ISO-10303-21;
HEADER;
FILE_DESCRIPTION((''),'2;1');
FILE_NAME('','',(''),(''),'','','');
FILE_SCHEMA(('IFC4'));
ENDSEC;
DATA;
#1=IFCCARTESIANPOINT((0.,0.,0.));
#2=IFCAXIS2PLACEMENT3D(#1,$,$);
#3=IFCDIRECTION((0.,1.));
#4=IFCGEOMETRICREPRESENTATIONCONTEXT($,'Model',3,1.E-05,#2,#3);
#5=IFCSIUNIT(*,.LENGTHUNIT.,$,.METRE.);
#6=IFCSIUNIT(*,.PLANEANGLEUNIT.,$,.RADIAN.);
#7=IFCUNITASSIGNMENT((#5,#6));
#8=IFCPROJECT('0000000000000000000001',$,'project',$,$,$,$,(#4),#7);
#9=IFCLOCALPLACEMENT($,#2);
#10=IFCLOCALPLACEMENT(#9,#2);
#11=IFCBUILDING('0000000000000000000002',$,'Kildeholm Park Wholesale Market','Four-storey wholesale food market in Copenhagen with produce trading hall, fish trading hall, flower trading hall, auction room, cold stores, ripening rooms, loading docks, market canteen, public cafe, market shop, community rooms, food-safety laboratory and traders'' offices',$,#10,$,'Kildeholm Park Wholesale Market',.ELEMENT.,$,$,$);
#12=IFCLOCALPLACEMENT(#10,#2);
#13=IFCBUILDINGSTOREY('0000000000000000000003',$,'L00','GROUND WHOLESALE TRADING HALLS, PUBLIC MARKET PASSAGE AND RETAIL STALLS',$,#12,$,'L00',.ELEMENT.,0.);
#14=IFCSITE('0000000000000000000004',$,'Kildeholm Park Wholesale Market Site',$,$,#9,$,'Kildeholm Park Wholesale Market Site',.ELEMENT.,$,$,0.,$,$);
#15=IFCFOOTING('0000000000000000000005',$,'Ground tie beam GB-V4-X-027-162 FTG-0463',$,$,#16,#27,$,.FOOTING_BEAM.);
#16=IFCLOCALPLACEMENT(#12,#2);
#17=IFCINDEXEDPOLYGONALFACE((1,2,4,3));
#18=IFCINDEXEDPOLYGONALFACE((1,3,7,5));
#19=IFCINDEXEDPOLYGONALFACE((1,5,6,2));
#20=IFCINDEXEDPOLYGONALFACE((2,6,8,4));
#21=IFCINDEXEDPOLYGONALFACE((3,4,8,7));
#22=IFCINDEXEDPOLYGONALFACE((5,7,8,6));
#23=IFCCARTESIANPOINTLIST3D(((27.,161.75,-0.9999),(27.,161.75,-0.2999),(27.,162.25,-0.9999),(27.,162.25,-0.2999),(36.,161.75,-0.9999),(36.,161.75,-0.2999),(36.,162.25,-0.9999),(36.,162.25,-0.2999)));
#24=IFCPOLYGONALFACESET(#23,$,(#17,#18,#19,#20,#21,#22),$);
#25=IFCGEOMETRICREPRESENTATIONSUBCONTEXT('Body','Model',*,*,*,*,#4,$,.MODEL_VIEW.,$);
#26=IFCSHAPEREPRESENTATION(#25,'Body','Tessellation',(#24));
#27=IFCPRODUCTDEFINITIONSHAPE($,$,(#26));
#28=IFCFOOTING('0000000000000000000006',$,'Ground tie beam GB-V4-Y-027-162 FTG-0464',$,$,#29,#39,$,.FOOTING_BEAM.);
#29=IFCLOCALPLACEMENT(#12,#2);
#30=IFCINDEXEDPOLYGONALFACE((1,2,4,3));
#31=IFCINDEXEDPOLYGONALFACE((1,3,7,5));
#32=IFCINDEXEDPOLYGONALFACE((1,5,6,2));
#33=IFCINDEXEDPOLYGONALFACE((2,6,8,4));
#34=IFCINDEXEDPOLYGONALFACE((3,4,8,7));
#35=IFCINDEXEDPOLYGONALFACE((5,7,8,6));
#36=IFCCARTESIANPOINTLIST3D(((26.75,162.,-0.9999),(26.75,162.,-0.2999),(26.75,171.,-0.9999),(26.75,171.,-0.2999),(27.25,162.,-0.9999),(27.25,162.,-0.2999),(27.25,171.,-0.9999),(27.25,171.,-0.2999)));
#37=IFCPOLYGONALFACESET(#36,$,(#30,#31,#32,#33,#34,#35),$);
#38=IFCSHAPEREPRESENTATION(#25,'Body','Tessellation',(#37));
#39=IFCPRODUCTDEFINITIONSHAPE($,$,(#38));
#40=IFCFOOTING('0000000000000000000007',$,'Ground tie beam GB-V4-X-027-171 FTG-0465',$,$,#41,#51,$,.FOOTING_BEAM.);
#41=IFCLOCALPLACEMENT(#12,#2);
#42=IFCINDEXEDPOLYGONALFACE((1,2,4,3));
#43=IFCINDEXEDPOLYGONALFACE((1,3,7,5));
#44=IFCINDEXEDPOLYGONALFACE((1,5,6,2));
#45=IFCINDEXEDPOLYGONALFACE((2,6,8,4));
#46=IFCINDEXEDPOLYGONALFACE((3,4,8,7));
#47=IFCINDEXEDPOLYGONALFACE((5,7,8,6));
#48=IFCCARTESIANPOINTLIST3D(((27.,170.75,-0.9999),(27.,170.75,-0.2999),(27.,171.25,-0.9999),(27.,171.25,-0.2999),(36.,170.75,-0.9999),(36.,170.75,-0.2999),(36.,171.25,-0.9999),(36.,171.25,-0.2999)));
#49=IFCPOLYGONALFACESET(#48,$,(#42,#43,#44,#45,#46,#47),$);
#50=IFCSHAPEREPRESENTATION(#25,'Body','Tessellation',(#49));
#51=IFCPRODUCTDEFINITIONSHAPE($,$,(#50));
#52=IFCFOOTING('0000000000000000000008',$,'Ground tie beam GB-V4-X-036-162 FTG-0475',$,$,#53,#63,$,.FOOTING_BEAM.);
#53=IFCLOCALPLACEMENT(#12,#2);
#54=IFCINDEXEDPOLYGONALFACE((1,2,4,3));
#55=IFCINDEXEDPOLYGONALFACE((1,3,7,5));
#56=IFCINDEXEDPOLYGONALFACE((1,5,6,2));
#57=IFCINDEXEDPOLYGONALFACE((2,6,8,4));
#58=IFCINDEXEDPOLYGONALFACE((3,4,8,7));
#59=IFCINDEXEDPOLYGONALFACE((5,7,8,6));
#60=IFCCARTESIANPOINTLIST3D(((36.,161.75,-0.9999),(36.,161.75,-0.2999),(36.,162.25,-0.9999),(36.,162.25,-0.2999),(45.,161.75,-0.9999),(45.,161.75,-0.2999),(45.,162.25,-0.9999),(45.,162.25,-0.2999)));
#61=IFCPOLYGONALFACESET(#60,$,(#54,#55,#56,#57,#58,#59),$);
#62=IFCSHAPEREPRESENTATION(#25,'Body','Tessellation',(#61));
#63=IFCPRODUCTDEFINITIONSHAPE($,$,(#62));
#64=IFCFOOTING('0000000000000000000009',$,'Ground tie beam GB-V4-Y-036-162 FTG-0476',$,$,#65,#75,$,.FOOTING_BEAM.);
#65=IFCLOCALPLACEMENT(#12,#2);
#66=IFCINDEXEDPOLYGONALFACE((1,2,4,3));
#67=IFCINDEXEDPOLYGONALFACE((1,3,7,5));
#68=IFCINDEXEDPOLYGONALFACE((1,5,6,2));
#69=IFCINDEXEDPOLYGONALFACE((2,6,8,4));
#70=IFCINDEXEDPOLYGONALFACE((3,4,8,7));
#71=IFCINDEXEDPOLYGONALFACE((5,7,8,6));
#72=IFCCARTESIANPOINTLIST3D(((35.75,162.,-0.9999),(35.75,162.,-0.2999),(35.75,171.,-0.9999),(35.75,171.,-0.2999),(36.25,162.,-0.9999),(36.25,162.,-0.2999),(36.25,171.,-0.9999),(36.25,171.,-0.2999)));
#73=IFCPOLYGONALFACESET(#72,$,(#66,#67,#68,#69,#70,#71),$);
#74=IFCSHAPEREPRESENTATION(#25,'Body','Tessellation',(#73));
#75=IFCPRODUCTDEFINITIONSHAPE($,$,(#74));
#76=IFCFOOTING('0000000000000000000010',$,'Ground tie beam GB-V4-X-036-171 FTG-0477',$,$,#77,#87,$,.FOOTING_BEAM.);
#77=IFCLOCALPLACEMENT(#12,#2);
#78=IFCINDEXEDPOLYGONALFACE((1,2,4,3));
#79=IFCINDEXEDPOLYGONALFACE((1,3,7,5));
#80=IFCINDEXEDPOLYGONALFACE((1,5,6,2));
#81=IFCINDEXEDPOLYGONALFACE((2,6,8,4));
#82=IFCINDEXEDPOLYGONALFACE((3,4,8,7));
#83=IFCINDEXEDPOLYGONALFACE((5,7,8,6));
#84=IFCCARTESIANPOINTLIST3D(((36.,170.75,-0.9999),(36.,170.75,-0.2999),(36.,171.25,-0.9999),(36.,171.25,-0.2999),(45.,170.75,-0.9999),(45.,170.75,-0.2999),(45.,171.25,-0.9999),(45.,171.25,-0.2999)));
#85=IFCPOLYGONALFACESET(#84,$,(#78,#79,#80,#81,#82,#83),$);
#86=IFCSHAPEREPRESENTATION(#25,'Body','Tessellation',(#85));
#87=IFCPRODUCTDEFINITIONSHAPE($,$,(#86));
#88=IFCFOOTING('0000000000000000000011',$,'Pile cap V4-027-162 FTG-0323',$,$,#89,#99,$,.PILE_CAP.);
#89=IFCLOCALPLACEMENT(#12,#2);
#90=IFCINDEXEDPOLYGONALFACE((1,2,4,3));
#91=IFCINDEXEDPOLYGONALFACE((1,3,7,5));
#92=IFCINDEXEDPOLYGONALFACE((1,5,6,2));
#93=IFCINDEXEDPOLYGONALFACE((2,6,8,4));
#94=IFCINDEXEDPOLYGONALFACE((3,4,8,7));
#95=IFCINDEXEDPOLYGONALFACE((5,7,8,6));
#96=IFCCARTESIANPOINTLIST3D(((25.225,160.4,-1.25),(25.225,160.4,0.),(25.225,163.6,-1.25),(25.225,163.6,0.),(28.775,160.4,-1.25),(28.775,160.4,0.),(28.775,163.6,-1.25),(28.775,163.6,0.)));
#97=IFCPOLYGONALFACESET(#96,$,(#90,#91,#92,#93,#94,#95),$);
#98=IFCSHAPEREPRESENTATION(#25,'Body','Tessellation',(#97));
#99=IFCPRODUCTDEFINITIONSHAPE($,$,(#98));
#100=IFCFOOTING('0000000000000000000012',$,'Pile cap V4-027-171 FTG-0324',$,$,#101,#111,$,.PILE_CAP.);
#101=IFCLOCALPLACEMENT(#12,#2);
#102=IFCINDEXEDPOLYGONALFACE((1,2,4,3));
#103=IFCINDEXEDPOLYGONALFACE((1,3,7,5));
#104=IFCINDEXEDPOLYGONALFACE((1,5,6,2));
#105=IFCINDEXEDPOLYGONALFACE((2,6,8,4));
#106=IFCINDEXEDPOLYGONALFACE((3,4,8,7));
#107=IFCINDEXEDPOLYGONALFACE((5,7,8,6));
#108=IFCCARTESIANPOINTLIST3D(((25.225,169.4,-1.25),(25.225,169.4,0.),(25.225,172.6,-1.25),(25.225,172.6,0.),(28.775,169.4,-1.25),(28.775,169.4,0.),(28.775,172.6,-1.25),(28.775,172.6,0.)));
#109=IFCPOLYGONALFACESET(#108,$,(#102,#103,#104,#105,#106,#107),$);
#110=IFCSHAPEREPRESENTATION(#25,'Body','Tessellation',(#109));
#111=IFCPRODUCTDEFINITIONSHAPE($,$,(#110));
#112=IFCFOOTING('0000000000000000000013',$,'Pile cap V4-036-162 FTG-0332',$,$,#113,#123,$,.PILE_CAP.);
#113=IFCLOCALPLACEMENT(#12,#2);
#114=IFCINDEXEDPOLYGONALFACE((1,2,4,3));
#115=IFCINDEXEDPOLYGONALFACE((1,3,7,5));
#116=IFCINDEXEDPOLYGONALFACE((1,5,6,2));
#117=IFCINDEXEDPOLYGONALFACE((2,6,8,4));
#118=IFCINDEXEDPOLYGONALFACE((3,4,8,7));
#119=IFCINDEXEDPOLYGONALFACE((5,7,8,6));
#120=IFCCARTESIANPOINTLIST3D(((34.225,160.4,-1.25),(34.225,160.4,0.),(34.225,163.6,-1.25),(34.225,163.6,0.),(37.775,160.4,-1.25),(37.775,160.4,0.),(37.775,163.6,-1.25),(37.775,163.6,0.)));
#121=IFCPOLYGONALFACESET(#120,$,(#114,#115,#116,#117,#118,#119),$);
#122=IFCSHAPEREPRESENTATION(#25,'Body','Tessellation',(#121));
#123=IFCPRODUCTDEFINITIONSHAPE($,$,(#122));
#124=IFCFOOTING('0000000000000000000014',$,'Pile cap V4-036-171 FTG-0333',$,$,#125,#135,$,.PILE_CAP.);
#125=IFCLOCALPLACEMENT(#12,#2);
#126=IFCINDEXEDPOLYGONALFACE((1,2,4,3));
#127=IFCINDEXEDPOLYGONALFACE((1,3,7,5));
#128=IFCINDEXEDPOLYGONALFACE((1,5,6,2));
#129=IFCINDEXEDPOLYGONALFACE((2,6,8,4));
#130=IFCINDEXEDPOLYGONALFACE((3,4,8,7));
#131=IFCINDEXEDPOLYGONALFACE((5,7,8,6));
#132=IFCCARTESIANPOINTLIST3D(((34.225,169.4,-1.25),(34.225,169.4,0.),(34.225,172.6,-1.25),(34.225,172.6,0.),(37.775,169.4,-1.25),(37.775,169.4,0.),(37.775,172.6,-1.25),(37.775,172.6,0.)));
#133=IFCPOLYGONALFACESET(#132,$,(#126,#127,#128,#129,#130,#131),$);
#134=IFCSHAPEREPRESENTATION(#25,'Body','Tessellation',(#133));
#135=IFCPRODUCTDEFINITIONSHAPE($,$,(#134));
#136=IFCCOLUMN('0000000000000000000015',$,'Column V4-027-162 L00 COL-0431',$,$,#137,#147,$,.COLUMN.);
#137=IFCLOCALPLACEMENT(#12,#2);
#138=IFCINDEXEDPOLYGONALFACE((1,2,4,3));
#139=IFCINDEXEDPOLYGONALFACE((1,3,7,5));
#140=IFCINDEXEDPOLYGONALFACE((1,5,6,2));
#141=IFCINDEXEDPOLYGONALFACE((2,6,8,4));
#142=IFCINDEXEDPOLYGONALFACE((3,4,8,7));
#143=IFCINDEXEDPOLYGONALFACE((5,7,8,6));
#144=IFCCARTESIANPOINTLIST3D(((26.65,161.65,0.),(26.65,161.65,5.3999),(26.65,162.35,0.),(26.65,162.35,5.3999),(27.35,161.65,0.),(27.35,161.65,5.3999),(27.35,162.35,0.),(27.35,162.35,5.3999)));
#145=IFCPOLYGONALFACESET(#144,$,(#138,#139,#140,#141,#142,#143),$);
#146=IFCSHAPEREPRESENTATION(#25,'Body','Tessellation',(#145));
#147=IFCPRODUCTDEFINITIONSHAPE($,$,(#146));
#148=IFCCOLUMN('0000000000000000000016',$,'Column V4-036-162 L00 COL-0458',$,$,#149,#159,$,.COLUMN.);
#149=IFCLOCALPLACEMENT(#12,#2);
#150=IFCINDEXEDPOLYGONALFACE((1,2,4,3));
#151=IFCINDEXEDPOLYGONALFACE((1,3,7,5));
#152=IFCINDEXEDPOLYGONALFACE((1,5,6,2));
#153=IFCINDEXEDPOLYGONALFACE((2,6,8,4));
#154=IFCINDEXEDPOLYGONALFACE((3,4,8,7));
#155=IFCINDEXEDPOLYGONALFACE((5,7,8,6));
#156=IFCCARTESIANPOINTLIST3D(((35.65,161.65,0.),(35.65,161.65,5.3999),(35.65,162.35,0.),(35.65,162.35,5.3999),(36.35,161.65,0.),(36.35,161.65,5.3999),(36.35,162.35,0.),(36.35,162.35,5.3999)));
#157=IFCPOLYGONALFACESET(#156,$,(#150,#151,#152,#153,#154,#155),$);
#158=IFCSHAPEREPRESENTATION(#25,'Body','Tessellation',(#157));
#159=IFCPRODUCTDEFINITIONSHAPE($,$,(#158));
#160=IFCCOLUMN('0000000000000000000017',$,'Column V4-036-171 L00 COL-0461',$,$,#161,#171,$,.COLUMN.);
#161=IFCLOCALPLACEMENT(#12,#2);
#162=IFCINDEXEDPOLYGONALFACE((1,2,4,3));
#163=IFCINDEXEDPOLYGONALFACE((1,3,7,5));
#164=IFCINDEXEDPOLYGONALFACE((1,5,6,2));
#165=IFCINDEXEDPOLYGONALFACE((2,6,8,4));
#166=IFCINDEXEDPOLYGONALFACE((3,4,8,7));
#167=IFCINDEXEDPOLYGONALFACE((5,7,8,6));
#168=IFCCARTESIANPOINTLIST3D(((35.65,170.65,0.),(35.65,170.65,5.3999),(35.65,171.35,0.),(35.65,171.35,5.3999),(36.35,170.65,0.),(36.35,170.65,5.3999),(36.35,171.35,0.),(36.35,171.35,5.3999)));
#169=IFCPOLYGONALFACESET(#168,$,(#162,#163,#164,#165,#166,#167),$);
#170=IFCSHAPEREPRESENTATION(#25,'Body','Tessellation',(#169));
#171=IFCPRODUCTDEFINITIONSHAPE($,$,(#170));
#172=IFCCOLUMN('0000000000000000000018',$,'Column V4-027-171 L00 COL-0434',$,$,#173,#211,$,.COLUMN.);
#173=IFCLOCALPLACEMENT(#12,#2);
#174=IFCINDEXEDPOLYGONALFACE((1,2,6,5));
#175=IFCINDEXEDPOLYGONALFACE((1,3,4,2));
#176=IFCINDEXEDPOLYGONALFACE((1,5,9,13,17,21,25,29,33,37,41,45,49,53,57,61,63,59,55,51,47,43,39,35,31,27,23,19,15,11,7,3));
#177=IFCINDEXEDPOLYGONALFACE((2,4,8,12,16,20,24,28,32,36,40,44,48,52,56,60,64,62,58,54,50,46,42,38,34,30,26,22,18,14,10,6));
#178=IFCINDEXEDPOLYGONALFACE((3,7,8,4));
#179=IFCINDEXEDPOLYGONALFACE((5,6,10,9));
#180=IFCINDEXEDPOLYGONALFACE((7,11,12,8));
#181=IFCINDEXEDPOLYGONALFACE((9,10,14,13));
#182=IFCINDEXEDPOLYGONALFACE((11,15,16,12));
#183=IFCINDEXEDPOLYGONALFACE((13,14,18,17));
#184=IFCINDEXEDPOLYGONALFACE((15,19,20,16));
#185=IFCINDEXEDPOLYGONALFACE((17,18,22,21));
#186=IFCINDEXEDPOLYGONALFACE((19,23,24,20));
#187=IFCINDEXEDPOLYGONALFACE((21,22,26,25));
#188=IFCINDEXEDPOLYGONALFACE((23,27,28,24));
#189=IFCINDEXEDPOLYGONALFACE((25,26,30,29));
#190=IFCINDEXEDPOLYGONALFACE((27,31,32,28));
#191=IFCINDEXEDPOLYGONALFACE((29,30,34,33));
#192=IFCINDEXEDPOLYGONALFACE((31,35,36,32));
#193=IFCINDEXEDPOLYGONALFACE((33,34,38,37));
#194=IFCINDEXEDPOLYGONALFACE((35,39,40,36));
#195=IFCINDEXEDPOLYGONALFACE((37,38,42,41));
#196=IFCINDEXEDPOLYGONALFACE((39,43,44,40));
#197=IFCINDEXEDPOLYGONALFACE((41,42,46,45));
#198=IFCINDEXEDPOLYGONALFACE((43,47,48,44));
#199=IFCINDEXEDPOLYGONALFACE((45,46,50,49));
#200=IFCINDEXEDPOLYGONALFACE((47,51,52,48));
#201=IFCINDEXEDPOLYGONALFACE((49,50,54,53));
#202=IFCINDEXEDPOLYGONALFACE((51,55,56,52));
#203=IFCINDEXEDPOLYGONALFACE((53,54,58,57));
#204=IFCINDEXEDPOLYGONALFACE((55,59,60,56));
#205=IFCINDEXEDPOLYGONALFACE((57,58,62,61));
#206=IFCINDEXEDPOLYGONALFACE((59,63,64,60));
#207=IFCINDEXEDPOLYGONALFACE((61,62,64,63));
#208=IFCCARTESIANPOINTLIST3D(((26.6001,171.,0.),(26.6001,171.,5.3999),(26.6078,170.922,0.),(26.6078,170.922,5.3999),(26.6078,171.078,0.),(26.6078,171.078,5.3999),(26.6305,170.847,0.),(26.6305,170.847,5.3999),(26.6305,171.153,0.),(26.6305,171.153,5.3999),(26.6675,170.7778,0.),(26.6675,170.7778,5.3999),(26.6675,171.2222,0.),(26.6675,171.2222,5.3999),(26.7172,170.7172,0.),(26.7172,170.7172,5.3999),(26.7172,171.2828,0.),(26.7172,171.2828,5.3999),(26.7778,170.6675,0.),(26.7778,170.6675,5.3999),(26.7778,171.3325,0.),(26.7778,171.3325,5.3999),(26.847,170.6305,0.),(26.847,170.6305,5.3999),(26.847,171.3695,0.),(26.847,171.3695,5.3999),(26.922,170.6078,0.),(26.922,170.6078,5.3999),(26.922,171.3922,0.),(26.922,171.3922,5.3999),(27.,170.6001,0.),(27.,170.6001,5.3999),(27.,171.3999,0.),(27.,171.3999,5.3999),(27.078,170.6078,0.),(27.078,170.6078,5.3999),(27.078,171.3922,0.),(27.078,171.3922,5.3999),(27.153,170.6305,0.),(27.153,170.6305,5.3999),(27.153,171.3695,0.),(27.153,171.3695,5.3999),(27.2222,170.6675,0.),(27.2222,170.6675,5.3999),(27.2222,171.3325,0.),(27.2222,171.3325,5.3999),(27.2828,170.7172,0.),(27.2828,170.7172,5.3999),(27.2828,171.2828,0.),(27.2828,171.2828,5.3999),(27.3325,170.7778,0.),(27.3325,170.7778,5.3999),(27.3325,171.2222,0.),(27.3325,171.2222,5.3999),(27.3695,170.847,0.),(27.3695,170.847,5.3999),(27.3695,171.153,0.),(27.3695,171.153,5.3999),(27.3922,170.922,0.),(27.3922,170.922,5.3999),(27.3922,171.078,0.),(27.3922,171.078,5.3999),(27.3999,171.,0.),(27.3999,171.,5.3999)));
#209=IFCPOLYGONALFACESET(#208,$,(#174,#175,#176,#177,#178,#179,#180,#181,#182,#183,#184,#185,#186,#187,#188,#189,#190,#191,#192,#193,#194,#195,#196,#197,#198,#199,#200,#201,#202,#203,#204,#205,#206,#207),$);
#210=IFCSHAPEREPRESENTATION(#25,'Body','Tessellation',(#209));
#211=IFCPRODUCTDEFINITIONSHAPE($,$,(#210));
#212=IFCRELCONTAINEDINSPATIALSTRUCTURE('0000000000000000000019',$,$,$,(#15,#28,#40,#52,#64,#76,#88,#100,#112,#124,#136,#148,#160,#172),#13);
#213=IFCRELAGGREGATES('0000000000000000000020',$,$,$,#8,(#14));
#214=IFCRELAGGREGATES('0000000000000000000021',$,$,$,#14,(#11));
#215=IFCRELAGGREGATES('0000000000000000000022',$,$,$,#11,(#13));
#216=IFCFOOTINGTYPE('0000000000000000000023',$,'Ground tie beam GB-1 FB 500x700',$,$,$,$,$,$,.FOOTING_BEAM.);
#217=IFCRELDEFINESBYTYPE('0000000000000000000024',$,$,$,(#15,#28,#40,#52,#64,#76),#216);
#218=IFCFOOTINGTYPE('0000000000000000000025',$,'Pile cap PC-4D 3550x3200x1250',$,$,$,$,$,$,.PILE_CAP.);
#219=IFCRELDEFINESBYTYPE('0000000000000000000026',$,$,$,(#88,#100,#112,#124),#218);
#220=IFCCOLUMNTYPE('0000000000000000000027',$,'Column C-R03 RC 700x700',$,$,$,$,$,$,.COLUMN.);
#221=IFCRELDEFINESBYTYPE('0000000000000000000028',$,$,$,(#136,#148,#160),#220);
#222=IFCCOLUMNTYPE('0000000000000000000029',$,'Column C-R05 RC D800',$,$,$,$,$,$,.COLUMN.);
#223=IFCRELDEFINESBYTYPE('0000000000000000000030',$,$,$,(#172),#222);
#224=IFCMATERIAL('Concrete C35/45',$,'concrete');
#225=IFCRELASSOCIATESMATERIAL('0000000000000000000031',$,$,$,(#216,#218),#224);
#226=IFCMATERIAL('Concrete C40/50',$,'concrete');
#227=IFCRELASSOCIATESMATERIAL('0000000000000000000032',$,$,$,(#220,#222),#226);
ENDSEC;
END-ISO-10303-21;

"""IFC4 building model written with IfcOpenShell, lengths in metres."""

from ifc_helpers import new_model, si_unit, direction, frame, origin, origin_2d, place, context, subcontext, project, spatial, rectangle, circle, extrude, material, material_profile, profile_set, type_object, element, save


model = new_model("IFC4")

# Units and contexts
model_context = context("Model", 3, precision=1e-05, world=origin(), true_north=direction((0.0, 1.0)))
body_context = subcontext(model_context, "Body", "Model", "MODEL_VIEW")
ifc_project = project(units=[si_unit("LENGTHUNIT", "METRE"), si_unit("PLANEANGLEUNIT", "RADIAN")], contexts=[model_context])

# Site, building, storey
site_placement = place(None, origin())
site = spatial("IfcSite", under=ifc_project, at=site_placement, Name="Kildeholm Park Wholesale Market Site", LongName="Kildeholm Park Wholesale Market Site", CompositionType="ELEMENT", RefElevation=0.0)
building_placement = place(site_placement, origin())
building = spatial("IfcBuilding", under=site, at=building_placement, Name="Kildeholm Park Wholesale Market", Description="Four-storey wholesale food market in Copenhagen with produce trading hall, fish trading hall, flower trading hall, auction room, cold stores, ripening rooms, loading docks, market canteen, public cafe, market shop, community rooms, food-safety laboratory and traders' offices", LongName="Kildeholm Park Wholesale Market", CompositionType="ELEMENT")
storey_placement = place(building_placement, origin())
storey = spatial("IfcBuildingStorey", under=building, at=storey_placement, Name="L00", Description="GROUND WHOLESALE TRADING HALLS, PUBLIC MARKET PASSAGE AND RETAIL STALLS", LongName="L00", CompositionType="ELEMENT", Elevation=0.0)

# Shared definitions
ifc_material_1 = material(Name="Concrete C35/45", Category="concrete")

# Footings
ifc_material_profile_1 = material_profile(ifc_material_1, rectangle(XDim=0.5, YDim=0.7, at=origin_2d()), Name="FB 500x700")
ifc_profile_set_1 = profile_set([ifc_material_profile_1], Name="Concrete C35/45")
footing_type_1 = type_object("IfcFootingType", Name="Ground tie beam GB-1 FB 500x700", PredefinedType="FOOTING_BEAM", material=ifc_profile_set_1)
for number, where, z_axis, x_axis, name in (
    (1, (27.0, 162.0, -0.6499), (1.0, 0.0, 0.0), (0.0, 1.0, 0.0), "Ground tie beam GB-V4-X-027-162 FTG-0463"),
    (2, (27.0, 162.0, -0.6499), (0.0, 1.0, 0.0), (-1.0, 0.0, 0.0), "Ground tie beam GB-V4-Y-027-162 FTG-0464"),
    (3, (27.0, 171.0, -0.6499), (1.0, 0.0, 0.0), (0.0, 1.0, 0.0), "Ground tie beam GB-V4-X-027-171 FTG-0465"),
    (4, (36.0, 162.0, -0.6499), (1.0, 0.0, 0.0), (0.0, 1.0, 0.0), "Ground tie beam GB-V4-X-036-162 FTG-0475"),
    (5, (36.0, 162.0, -0.6499), (0.0, 1.0, 0.0), (-1.0, 0.0, 0.0), "Ground tie beam GB-V4-Y-036-162 FTG-0476"),
    (6, (36.0, 171.0, -0.6499), (1.0, 0.0, 0.0), (0.0, 1.0, 0.0), "Ground tie beam GB-V4-X-036-171 FTG-0477"),
):
    element("IfcFooting", number, at=place(storey_placement, frame(where, z_axis=z_axis, x_axis=x_axis)), inside=storey, type_object=footing_type_1, Name=name, PredefinedType="FOOTING_BEAM", context=body_context, shape_type="SweptSolid", body=[
        extrude(rectangle(XDim=0.5, YDim=0.7, at=origin_2d()), origin(), (0.0, 0.0, 1.0), 9.0),
    ])
footing_type_2 = type_object("IfcFootingType", Name="Pile cap PC-4D 3550x3200x1250", PredefinedType="PILE_CAP", material=ifc_material_1)
for number, where, z_axis, x_axis, name in (
    (7, (27.0, 162.0, -1.25), (0.0, 0.0, 1.0), (1.0, 0.0, 0.0), "Pile cap V4-027-162 FTG-0323"),
    (8, (27.0, 171.0, -1.25), (0.0, 0.0, 1.0), (1.0, 0.0, 0.0), "Pile cap V4-027-171 FTG-0324"),
    (9, (36.0, 162.0, -1.25), (0.0, 0.0, 1.0), (1.0, 0.0, 0.0), "Pile cap V4-036-162 FTG-0332"),
    (10, (36.0, 171.0, -1.25), (0.0, 0.0, 1.0), (1.0, 0.0, 0.0), "Pile cap V4-036-171 FTG-0333"),
):
    element("IfcFooting", number, at=place(storey_placement, frame(where, z_axis=z_axis, x_axis=x_axis)), inside=storey, type_object=footing_type_2, Name=name, PredefinedType="PILE_CAP", context=body_context, shape_type="SweptSolid", body=[
        extrude(rectangle(XDim=3.55, YDim=3.2, at=origin_2d()), origin(), (0.0, 0.0, 1.0), 1.25),
    ])

# Columns
ifc_material_2 = material(Name="Concrete C40/50", Category="concrete")
ifc_material_profile_2 = material_profile(ifc_material_2, rectangle(XDim=0.7, YDim=0.7, at=origin_2d()), Name="RC 700x700")
ifc_profile_set_2 = profile_set([ifc_material_profile_2], Name="Concrete C40/50")
column_type_1 = type_object("IfcColumnType", Name="Column C-R03 RC 700x700", PredefinedType="COLUMN", material=ifc_profile_set_2)
for number, where, z_axis, x_axis, name in (
    (11, (27.0, 162.0, 0.0), (0.0, 0.0, 1.0), (1.0, 0.0, 0.0), "Column V4-027-162 L00 COL-0431"),
    (12, (36.0, 162.0, 0.0), (0.0, 0.0, 1.0), (1.0, 0.0, 0.0), "Column V4-036-162 L00 COL-0458"),
    (13, (36.0, 171.0, 0.0), (0.0, 0.0, 1.0), (1.0, 0.0, 0.0), "Column V4-036-171 L00 COL-0461"),
):
    element("IfcColumn", number, at=place(storey_placement, frame(where, z_axis=z_axis, x_axis=x_axis)), inside=storey, type_object=column_type_1, Name=name, PredefinedType="COLUMN", context=body_context, shape_type="SweptSolid", body=[
        extrude(rectangle(XDim=0.7, YDim=0.7, at=origin_2d()), origin(), (0.0, 0.0, 1.0), 5.3999),
    ])
ifc_material_profile_3 = material_profile(ifc_material_2, circle(Radius=0.3999, at=origin_2d()), Name="RC D800")
ifc_profile_set_3 = profile_set([ifc_material_profile_3], Name="Concrete C40/50")
column_type_2 = type_object("IfcColumnType", Name="Column C-R05 RC D800", PredefinedType="COLUMN", material=ifc_profile_set_3)
column_placement = place(storey_placement, frame((27.0, 171.0, 0.0), z_axis=(0.0, 0.0, 1.0), x_axis=(1.0, 0.0, 0.0)))
element("IfcColumn", 14, at=column_placement, inside=storey, type_object=column_type_2, Name="Column V4-027-171 L00 COL-0434", PredefinedType="COLUMN", context=body_context, shape_type="SweptSolid", body=[
    extrude(circle(Radius=0.3999, at=origin_2d()), origin(), (0.0, 0.0, 1.0), 5.3999),
])

save(model, "model.ifc")
